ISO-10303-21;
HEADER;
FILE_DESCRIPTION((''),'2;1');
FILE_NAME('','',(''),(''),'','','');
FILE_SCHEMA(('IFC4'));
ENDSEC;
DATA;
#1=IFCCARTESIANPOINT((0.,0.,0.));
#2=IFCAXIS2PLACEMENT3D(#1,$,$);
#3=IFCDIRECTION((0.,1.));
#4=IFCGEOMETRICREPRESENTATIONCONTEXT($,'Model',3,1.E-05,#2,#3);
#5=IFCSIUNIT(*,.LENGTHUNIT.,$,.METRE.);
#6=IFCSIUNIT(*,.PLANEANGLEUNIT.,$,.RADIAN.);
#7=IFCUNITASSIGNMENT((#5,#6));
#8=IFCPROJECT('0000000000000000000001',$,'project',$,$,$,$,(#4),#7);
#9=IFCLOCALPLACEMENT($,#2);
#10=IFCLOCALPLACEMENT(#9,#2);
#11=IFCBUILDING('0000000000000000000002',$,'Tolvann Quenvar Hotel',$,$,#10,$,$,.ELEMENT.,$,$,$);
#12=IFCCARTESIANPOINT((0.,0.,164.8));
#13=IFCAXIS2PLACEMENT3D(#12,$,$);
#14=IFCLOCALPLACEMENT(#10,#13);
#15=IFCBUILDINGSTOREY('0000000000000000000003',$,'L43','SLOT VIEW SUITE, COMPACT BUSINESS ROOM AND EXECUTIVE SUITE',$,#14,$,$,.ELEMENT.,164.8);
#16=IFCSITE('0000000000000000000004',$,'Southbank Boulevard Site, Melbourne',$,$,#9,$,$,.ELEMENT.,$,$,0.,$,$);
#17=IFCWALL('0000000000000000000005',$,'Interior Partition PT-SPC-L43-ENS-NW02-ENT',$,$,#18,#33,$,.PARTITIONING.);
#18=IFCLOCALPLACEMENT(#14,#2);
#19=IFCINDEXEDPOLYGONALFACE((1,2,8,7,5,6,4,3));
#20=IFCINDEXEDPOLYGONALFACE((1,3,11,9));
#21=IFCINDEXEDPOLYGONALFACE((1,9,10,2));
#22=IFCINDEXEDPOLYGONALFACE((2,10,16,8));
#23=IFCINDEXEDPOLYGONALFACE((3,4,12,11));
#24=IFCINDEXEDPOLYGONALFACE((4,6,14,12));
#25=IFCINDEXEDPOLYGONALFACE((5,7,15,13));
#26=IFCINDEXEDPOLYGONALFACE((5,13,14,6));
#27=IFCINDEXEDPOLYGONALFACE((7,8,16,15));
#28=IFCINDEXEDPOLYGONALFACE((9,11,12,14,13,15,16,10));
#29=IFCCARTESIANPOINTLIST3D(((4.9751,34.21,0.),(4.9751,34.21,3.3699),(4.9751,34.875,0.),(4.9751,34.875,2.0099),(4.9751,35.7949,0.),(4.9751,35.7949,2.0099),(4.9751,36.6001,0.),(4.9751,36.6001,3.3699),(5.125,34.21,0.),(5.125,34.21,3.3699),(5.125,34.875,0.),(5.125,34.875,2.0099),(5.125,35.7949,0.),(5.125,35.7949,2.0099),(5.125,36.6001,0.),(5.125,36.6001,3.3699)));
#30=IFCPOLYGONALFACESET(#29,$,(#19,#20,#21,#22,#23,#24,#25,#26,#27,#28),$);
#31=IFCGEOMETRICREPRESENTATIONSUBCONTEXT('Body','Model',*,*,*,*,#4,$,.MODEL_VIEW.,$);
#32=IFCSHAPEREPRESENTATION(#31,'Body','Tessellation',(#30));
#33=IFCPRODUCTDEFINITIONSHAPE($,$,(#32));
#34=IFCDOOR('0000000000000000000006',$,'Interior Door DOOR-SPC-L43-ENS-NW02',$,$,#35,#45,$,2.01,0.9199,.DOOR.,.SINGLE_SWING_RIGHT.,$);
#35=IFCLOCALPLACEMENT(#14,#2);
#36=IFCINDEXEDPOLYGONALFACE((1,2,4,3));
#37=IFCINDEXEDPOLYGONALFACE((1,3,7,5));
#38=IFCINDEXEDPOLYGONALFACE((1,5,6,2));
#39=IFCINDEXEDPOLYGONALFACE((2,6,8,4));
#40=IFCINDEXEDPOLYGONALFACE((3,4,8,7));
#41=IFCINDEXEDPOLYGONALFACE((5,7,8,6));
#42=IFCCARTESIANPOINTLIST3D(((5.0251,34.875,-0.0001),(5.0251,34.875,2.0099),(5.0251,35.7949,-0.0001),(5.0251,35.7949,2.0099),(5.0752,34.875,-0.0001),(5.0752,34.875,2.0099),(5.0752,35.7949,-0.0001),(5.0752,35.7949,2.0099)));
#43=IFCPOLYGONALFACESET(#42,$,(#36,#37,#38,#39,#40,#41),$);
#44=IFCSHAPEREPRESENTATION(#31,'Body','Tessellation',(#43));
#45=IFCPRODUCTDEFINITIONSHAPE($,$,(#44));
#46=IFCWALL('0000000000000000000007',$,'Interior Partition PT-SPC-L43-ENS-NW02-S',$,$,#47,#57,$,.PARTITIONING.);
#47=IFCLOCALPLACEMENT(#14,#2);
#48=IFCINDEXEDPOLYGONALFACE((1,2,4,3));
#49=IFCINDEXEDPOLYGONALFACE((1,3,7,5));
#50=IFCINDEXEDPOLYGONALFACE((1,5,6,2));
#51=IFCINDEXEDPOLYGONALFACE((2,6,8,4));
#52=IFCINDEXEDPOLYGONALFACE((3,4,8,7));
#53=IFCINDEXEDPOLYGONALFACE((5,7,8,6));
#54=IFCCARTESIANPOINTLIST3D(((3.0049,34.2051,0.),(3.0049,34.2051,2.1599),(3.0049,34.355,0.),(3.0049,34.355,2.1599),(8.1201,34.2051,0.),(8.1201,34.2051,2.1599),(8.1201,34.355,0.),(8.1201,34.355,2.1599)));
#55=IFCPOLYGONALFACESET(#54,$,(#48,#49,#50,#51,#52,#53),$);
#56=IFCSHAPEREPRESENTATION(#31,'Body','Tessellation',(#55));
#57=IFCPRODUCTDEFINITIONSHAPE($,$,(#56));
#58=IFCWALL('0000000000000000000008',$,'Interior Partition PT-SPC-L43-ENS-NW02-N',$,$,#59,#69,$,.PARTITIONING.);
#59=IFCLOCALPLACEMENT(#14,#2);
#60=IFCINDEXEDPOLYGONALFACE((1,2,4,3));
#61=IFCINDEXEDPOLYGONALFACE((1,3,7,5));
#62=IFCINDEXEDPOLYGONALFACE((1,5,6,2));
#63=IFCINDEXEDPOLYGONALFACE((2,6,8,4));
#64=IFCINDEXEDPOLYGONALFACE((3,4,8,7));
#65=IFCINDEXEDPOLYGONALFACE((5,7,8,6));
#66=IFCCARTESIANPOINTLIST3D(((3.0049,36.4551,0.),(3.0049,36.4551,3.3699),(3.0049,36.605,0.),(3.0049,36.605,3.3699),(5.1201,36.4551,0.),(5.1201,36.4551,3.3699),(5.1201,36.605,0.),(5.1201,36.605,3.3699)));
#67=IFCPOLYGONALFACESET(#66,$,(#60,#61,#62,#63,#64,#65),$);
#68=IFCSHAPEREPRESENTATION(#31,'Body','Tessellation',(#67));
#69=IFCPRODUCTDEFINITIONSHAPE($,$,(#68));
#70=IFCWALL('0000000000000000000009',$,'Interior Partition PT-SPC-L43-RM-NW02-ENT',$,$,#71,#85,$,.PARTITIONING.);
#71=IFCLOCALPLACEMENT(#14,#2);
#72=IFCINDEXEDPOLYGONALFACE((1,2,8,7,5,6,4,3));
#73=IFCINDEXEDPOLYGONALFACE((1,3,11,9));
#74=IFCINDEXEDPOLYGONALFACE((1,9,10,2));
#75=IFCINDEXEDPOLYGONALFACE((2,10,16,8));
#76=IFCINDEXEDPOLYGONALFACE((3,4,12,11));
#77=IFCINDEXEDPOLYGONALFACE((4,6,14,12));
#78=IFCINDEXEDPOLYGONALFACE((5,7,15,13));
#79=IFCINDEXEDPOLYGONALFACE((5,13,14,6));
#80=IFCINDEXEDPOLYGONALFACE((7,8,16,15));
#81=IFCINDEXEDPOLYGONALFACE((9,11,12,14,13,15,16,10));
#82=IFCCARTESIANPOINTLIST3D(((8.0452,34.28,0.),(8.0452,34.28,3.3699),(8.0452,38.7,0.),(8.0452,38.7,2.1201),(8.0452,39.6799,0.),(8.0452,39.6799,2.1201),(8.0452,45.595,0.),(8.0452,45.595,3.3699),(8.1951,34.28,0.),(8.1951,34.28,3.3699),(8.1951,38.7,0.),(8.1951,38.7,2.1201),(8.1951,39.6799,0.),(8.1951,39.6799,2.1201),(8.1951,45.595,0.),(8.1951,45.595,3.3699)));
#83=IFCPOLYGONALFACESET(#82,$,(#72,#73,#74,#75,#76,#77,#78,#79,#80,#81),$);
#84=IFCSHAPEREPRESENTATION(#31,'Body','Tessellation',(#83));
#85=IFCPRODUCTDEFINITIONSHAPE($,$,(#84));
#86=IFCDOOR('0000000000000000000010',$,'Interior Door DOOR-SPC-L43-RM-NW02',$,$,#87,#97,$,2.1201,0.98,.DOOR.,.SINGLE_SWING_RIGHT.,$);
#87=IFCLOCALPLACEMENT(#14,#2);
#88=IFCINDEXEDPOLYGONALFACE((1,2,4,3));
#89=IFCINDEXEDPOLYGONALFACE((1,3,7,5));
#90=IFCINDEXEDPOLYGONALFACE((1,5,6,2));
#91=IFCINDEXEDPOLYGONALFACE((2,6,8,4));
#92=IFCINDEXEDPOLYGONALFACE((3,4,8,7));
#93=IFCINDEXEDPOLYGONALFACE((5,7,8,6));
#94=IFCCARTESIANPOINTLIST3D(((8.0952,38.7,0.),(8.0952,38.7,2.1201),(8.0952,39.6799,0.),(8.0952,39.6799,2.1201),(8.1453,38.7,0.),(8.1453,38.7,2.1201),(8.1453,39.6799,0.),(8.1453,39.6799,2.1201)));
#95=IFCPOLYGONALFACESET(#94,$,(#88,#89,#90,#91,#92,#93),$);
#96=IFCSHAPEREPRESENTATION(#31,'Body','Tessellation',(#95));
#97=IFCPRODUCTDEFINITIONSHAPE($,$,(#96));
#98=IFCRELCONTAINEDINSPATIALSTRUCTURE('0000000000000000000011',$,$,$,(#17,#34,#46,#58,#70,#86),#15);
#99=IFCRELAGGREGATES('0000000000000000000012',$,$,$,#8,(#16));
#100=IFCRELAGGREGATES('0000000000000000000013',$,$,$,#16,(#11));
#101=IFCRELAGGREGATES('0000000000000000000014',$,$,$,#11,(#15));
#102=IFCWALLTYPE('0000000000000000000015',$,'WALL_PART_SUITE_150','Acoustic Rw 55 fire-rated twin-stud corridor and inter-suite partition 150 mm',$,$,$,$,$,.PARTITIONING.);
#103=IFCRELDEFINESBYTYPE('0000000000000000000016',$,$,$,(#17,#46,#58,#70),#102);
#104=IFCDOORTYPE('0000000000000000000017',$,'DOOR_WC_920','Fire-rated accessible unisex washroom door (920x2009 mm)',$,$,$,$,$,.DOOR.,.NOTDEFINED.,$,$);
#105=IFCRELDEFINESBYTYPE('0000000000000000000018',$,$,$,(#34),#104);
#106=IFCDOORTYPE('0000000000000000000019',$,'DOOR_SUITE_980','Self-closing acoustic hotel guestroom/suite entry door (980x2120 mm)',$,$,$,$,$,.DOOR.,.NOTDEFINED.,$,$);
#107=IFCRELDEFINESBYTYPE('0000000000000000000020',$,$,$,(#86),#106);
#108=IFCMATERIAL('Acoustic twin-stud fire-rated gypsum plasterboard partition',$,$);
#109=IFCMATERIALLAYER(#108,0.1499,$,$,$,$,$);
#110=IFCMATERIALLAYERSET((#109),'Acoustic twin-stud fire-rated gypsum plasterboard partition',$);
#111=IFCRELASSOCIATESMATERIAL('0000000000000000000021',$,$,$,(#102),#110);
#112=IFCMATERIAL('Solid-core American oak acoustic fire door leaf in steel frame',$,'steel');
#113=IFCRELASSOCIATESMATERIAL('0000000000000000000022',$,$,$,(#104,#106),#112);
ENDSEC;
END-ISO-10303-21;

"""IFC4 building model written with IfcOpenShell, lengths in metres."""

from ifc_helpers import new_model, si_unit, direction, frame, frame_2d, origin, place, context, subcontext, project, spatial, rectangle, extrude, source, transform, mapped, material, layer, layer_set, type_object, type_shapes, element, fill, save


model = new_model("IFC4")

# Units and contexts
model_context = context("Model", 3, precision=1e-05, world=origin(), true_north=direction((0.0, 1.0)))
body_context = subcontext(model_context, "Body", "Model", "MODEL_VIEW")
ifc_project = project(units=[si_unit("LENGTHUNIT", "METRE"), si_unit("PLANEANGLEUNIT", "RADIAN")], contexts=[model_context])

# Site, building, storey
site_placement = place(None, origin())
site = spatial("IfcSite", under=ifc_project, at=site_placement, Name="Southbank Boulevard Site, Melbourne", CompositionType="ELEMENT", RefElevation=0.0)
building_placement = place(site_placement, origin())
building = spatial("IfcBuilding", under=site, at=building_placement, Name="Tolvann Quenvar Hotel", CompositionType="ELEMENT")
storey_placement = place(building_placement, frame((0.0, 0.0, 164.8)))
storey = spatial("IfcBuildingStorey", under=building, at=storey_placement, Name="L43", Description="SLOT VIEW SUITE, COMPACT BUSINESS ROOM AND EXECUTIVE SUITE", CompositionType="ELEMENT", Elevation=164.8)

# Shared definitions
ifc_material_1 = material(Name="Solid-core American oak acoustic fire door leaf in steel frame", Category="steel")

# Shared definitions
ifc_material_2 = material(Name="Acoustic twin-stud fire-rated gypsum plasterboard partition")

# Wall, opening, door
ifc_layer_1 = layer(ifc_material_2, 0.1499)
ifc_layer_set_1 = layer_set([ifc_layer_1], Name="Acoustic twin-stud fire-rated gypsum plasterboard partition")
wall_type_1 = type_object("IfcWallType", Name="WALL_PART_SUITE_150", Description="Acoustic Rw 55 fire-rated twin-stud corridor and inter-suite partition 150 mm", PredefinedType="PARTITIONING", material=ifc_layer_set_1)
wall_1_placement = place(storey_placement, frame((5.05, 34.21, 0.0), z_axis=(0.0, 0.0, 1.0), x_axis=(0.0, 1.0, 0.0)))
wall_1 = element("IfcWall", 1, at=wall_1_placement, inside=storey, type_object=wall_type_1, Name="Interior Partition PT-SPC-L43-ENS-NW02-ENT", PredefinedType="PARTITIONING", context=body_context, shape_type="SweptSolid", body=[
    extrude(rectangle(XDim=2.3901, YDim=0.1499, at=frame_2d((1.1951, 0.0))), origin(), (0.0, 0.0, 1.0), 3.3699),
])
opening_1_placement = place(wall_1_placement, frame((0.665, 0.0, 0.0)))
opening_1 = element("IfcOpeningElement", 2, at=opening_1_placement, cuts=wall_1, PredefinedType="OPENING", context=body_context, shape_type="SweptSolid", body=[
    extrude(rectangle(XDim=0.9199, YDim=2.01, at=frame_2d((0.46, 1.0049))), frame((0.0, 0.085, 0.0), z_axis=(0.0, -1.0, 0.0), x_axis=(1.0, 0.0, 0.0)), (0.0, 0.0, 1.0), 0.1699),
])
door_type_1 = type_object("IfcDoorType", Name="DOOR_WC_920", Description="Fire-rated accessible unisex washroom door (920x2009 mm)", OperationType="NOTDEFINED", PredefinedType="DOOR", material=ifc_material_1)
shared_shape_1 = source(origin(), body_context, "Body", "SweptSolid", [
    extrude(rectangle(XDim=0.9199, YDim=2.01, at=frame_2d((0.46, 1.0049))), frame((0.0, 0.0249, 0.0), z_axis=(0.0, -1.0, 0.0), x_axis=(1.0, 0.0, 0.0)), (0.0, 0.0, 1.0), 0.05),
])
type_shapes(door_type_1, [shared_shape_1])
door_1_placement = place(opening_1_placement, origin())
door_1 = element("IfcDoor", 3, at=door_1_placement, inside=storey, type_object=door_type_1, Name="Interior Door DOOR-SPC-L43-ENS-NW02", OperationType="SINGLE_SWING_RIGHT", OverallHeight=2.01, OverallWidth=0.9199, PredefinedType="DOOR", context=body_context, shape_type="MappedRepresentation", body=[
    mapped(shared_shape_1, transform((0.0, 0.0, 0.0), x_axis=(1.0, 0.0, 0.0), y_axis=(0.0, 1.0, 0.0), z_axis=(0.0, 0.0, 1.0), scale=1.0)),
])
fill(opening_1, door_1)

# Walls
wall_2_placement = place(storey_placement, frame((3.0049, 34.28, 0.0), z_axis=(0.0, 0.0, 1.0), x_axis=(1.0, 0.0, 0.0)))
element("IfcWall", 4, at=wall_2_placement, inside=storey, type_object=wall_type_1, Name="Interior Partition PT-SPC-L43-ENS-NW02-S", PredefinedType="PARTITIONING", context=body_context, shape_type="SweptSolid", body=[
    extrude(rectangle(XDim=5.1152, YDim=0.1499, at=frame_2d((2.5576, 0.0))), origin(), (0.0, 0.0, 1.0), 2.1599),
])
wall_3_placement = place(storey_placement, frame((3.0049, 36.53, 0.0), z_axis=(0.0, 0.0, 1.0), x_axis=(1.0, 0.0, 0.0)))
element("IfcWall", 5, at=wall_3_placement, inside=storey, type_object=wall_type_1, Name="Interior Partition PT-SPC-L43-ENS-NW02-N", PredefinedType="PARTITIONING", context=body_context, shape_type="SweptSolid", body=[
    extrude(rectangle(XDim=2.1152, YDim=0.1499, at=frame_2d((1.0576, 0.0))), origin(), (0.0, 0.0, 1.0), 3.3699),
])

# Wall, opening, door
wall_4_placement = place(storey_placement, frame((8.1201, 34.28, 0.0), z_axis=(0.0, 0.0, 1.0), x_axis=(0.0, 1.0, 0.0)))
wall_4 = element("IfcWall", 6, at=wall_4_placement, inside=storey, type_object=wall_type_1, Name="Interior Partition PT-SPC-L43-RM-NW02-ENT", PredefinedType="PARTITIONING", context=body_context, shape_type="SweptSolid", body=[
    extrude(rectangle(XDim=11.3149, YDim=0.1499, at=frame_2d((5.6575, 0.0))), origin(), (0.0, 0.0, 1.0), 3.3699),
])
opening_2_placement = place(wall_4_placement, frame((4.4199, 0.0, 0.0)))
opening_2 = element("IfcOpeningElement", 7, at=opening_2_placement, cuts=wall_4, PredefinedType="OPENING", context=body_context, shape_type="SweptSolid", body=[
    extrude(rectangle(XDim=0.98, YDim=2.1201, at=frame_2d((0.49, 1.0601))), frame((0.0, 0.085, 0.0), z_axis=(0.0, -1.0, 0.0), x_axis=(1.0, 0.0, 0.0)), (0.0, 0.0, 1.0), 0.1699),
])
door_type_2 = type_object("IfcDoorType", Name="DOOR_SUITE_980", Description="Self-closing acoustic hotel guestroom/suite entry door (980x2120 mm)", OperationType="NOTDEFINED", PredefinedType="DOOR", material=ifc_material_1)
shared_shape_2 = source(origin(), body_context, "Body", "SweptSolid", [
    extrude(rectangle(XDim=0.98, YDim=2.1201, at=frame_2d((0.49, 1.0601))), frame((0.0, 0.0249, 0.0), z_axis=(0.0, -1.0, 0.0), x_axis=(1.0, 0.0, 0.0)), (0.0, 0.0, 1.0), 0.05),
])
type_shapes(door_type_2, [shared_shape_2])
door_2_placement = place(opening_2_placement, origin())
door_2 = element("IfcDoor", 8, at=door_2_placement, inside=storey, type_object=door_type_2, Name="Interior Door DOOR-SPC-L43-RM-NW02", OperationType="SINGLE_SWING_RIGHT", OverallHeight=2.1201, OverallWidth=0.98, PredefinedType="DOOR", context=body_context, shape_type="MappedRepresentation", body=[
    mapped(shared_shape_2, transform((0.0, 0.0, 0.0), x_axis=(1.0, 0.0, 0.0), y_axis=(0.0, 1.0, 0.0), z_axis=(0.0, 0.0, 1.0), scale=1.0)),
])
fill(opening_2, door_2)

save(model, "model.ifc")
